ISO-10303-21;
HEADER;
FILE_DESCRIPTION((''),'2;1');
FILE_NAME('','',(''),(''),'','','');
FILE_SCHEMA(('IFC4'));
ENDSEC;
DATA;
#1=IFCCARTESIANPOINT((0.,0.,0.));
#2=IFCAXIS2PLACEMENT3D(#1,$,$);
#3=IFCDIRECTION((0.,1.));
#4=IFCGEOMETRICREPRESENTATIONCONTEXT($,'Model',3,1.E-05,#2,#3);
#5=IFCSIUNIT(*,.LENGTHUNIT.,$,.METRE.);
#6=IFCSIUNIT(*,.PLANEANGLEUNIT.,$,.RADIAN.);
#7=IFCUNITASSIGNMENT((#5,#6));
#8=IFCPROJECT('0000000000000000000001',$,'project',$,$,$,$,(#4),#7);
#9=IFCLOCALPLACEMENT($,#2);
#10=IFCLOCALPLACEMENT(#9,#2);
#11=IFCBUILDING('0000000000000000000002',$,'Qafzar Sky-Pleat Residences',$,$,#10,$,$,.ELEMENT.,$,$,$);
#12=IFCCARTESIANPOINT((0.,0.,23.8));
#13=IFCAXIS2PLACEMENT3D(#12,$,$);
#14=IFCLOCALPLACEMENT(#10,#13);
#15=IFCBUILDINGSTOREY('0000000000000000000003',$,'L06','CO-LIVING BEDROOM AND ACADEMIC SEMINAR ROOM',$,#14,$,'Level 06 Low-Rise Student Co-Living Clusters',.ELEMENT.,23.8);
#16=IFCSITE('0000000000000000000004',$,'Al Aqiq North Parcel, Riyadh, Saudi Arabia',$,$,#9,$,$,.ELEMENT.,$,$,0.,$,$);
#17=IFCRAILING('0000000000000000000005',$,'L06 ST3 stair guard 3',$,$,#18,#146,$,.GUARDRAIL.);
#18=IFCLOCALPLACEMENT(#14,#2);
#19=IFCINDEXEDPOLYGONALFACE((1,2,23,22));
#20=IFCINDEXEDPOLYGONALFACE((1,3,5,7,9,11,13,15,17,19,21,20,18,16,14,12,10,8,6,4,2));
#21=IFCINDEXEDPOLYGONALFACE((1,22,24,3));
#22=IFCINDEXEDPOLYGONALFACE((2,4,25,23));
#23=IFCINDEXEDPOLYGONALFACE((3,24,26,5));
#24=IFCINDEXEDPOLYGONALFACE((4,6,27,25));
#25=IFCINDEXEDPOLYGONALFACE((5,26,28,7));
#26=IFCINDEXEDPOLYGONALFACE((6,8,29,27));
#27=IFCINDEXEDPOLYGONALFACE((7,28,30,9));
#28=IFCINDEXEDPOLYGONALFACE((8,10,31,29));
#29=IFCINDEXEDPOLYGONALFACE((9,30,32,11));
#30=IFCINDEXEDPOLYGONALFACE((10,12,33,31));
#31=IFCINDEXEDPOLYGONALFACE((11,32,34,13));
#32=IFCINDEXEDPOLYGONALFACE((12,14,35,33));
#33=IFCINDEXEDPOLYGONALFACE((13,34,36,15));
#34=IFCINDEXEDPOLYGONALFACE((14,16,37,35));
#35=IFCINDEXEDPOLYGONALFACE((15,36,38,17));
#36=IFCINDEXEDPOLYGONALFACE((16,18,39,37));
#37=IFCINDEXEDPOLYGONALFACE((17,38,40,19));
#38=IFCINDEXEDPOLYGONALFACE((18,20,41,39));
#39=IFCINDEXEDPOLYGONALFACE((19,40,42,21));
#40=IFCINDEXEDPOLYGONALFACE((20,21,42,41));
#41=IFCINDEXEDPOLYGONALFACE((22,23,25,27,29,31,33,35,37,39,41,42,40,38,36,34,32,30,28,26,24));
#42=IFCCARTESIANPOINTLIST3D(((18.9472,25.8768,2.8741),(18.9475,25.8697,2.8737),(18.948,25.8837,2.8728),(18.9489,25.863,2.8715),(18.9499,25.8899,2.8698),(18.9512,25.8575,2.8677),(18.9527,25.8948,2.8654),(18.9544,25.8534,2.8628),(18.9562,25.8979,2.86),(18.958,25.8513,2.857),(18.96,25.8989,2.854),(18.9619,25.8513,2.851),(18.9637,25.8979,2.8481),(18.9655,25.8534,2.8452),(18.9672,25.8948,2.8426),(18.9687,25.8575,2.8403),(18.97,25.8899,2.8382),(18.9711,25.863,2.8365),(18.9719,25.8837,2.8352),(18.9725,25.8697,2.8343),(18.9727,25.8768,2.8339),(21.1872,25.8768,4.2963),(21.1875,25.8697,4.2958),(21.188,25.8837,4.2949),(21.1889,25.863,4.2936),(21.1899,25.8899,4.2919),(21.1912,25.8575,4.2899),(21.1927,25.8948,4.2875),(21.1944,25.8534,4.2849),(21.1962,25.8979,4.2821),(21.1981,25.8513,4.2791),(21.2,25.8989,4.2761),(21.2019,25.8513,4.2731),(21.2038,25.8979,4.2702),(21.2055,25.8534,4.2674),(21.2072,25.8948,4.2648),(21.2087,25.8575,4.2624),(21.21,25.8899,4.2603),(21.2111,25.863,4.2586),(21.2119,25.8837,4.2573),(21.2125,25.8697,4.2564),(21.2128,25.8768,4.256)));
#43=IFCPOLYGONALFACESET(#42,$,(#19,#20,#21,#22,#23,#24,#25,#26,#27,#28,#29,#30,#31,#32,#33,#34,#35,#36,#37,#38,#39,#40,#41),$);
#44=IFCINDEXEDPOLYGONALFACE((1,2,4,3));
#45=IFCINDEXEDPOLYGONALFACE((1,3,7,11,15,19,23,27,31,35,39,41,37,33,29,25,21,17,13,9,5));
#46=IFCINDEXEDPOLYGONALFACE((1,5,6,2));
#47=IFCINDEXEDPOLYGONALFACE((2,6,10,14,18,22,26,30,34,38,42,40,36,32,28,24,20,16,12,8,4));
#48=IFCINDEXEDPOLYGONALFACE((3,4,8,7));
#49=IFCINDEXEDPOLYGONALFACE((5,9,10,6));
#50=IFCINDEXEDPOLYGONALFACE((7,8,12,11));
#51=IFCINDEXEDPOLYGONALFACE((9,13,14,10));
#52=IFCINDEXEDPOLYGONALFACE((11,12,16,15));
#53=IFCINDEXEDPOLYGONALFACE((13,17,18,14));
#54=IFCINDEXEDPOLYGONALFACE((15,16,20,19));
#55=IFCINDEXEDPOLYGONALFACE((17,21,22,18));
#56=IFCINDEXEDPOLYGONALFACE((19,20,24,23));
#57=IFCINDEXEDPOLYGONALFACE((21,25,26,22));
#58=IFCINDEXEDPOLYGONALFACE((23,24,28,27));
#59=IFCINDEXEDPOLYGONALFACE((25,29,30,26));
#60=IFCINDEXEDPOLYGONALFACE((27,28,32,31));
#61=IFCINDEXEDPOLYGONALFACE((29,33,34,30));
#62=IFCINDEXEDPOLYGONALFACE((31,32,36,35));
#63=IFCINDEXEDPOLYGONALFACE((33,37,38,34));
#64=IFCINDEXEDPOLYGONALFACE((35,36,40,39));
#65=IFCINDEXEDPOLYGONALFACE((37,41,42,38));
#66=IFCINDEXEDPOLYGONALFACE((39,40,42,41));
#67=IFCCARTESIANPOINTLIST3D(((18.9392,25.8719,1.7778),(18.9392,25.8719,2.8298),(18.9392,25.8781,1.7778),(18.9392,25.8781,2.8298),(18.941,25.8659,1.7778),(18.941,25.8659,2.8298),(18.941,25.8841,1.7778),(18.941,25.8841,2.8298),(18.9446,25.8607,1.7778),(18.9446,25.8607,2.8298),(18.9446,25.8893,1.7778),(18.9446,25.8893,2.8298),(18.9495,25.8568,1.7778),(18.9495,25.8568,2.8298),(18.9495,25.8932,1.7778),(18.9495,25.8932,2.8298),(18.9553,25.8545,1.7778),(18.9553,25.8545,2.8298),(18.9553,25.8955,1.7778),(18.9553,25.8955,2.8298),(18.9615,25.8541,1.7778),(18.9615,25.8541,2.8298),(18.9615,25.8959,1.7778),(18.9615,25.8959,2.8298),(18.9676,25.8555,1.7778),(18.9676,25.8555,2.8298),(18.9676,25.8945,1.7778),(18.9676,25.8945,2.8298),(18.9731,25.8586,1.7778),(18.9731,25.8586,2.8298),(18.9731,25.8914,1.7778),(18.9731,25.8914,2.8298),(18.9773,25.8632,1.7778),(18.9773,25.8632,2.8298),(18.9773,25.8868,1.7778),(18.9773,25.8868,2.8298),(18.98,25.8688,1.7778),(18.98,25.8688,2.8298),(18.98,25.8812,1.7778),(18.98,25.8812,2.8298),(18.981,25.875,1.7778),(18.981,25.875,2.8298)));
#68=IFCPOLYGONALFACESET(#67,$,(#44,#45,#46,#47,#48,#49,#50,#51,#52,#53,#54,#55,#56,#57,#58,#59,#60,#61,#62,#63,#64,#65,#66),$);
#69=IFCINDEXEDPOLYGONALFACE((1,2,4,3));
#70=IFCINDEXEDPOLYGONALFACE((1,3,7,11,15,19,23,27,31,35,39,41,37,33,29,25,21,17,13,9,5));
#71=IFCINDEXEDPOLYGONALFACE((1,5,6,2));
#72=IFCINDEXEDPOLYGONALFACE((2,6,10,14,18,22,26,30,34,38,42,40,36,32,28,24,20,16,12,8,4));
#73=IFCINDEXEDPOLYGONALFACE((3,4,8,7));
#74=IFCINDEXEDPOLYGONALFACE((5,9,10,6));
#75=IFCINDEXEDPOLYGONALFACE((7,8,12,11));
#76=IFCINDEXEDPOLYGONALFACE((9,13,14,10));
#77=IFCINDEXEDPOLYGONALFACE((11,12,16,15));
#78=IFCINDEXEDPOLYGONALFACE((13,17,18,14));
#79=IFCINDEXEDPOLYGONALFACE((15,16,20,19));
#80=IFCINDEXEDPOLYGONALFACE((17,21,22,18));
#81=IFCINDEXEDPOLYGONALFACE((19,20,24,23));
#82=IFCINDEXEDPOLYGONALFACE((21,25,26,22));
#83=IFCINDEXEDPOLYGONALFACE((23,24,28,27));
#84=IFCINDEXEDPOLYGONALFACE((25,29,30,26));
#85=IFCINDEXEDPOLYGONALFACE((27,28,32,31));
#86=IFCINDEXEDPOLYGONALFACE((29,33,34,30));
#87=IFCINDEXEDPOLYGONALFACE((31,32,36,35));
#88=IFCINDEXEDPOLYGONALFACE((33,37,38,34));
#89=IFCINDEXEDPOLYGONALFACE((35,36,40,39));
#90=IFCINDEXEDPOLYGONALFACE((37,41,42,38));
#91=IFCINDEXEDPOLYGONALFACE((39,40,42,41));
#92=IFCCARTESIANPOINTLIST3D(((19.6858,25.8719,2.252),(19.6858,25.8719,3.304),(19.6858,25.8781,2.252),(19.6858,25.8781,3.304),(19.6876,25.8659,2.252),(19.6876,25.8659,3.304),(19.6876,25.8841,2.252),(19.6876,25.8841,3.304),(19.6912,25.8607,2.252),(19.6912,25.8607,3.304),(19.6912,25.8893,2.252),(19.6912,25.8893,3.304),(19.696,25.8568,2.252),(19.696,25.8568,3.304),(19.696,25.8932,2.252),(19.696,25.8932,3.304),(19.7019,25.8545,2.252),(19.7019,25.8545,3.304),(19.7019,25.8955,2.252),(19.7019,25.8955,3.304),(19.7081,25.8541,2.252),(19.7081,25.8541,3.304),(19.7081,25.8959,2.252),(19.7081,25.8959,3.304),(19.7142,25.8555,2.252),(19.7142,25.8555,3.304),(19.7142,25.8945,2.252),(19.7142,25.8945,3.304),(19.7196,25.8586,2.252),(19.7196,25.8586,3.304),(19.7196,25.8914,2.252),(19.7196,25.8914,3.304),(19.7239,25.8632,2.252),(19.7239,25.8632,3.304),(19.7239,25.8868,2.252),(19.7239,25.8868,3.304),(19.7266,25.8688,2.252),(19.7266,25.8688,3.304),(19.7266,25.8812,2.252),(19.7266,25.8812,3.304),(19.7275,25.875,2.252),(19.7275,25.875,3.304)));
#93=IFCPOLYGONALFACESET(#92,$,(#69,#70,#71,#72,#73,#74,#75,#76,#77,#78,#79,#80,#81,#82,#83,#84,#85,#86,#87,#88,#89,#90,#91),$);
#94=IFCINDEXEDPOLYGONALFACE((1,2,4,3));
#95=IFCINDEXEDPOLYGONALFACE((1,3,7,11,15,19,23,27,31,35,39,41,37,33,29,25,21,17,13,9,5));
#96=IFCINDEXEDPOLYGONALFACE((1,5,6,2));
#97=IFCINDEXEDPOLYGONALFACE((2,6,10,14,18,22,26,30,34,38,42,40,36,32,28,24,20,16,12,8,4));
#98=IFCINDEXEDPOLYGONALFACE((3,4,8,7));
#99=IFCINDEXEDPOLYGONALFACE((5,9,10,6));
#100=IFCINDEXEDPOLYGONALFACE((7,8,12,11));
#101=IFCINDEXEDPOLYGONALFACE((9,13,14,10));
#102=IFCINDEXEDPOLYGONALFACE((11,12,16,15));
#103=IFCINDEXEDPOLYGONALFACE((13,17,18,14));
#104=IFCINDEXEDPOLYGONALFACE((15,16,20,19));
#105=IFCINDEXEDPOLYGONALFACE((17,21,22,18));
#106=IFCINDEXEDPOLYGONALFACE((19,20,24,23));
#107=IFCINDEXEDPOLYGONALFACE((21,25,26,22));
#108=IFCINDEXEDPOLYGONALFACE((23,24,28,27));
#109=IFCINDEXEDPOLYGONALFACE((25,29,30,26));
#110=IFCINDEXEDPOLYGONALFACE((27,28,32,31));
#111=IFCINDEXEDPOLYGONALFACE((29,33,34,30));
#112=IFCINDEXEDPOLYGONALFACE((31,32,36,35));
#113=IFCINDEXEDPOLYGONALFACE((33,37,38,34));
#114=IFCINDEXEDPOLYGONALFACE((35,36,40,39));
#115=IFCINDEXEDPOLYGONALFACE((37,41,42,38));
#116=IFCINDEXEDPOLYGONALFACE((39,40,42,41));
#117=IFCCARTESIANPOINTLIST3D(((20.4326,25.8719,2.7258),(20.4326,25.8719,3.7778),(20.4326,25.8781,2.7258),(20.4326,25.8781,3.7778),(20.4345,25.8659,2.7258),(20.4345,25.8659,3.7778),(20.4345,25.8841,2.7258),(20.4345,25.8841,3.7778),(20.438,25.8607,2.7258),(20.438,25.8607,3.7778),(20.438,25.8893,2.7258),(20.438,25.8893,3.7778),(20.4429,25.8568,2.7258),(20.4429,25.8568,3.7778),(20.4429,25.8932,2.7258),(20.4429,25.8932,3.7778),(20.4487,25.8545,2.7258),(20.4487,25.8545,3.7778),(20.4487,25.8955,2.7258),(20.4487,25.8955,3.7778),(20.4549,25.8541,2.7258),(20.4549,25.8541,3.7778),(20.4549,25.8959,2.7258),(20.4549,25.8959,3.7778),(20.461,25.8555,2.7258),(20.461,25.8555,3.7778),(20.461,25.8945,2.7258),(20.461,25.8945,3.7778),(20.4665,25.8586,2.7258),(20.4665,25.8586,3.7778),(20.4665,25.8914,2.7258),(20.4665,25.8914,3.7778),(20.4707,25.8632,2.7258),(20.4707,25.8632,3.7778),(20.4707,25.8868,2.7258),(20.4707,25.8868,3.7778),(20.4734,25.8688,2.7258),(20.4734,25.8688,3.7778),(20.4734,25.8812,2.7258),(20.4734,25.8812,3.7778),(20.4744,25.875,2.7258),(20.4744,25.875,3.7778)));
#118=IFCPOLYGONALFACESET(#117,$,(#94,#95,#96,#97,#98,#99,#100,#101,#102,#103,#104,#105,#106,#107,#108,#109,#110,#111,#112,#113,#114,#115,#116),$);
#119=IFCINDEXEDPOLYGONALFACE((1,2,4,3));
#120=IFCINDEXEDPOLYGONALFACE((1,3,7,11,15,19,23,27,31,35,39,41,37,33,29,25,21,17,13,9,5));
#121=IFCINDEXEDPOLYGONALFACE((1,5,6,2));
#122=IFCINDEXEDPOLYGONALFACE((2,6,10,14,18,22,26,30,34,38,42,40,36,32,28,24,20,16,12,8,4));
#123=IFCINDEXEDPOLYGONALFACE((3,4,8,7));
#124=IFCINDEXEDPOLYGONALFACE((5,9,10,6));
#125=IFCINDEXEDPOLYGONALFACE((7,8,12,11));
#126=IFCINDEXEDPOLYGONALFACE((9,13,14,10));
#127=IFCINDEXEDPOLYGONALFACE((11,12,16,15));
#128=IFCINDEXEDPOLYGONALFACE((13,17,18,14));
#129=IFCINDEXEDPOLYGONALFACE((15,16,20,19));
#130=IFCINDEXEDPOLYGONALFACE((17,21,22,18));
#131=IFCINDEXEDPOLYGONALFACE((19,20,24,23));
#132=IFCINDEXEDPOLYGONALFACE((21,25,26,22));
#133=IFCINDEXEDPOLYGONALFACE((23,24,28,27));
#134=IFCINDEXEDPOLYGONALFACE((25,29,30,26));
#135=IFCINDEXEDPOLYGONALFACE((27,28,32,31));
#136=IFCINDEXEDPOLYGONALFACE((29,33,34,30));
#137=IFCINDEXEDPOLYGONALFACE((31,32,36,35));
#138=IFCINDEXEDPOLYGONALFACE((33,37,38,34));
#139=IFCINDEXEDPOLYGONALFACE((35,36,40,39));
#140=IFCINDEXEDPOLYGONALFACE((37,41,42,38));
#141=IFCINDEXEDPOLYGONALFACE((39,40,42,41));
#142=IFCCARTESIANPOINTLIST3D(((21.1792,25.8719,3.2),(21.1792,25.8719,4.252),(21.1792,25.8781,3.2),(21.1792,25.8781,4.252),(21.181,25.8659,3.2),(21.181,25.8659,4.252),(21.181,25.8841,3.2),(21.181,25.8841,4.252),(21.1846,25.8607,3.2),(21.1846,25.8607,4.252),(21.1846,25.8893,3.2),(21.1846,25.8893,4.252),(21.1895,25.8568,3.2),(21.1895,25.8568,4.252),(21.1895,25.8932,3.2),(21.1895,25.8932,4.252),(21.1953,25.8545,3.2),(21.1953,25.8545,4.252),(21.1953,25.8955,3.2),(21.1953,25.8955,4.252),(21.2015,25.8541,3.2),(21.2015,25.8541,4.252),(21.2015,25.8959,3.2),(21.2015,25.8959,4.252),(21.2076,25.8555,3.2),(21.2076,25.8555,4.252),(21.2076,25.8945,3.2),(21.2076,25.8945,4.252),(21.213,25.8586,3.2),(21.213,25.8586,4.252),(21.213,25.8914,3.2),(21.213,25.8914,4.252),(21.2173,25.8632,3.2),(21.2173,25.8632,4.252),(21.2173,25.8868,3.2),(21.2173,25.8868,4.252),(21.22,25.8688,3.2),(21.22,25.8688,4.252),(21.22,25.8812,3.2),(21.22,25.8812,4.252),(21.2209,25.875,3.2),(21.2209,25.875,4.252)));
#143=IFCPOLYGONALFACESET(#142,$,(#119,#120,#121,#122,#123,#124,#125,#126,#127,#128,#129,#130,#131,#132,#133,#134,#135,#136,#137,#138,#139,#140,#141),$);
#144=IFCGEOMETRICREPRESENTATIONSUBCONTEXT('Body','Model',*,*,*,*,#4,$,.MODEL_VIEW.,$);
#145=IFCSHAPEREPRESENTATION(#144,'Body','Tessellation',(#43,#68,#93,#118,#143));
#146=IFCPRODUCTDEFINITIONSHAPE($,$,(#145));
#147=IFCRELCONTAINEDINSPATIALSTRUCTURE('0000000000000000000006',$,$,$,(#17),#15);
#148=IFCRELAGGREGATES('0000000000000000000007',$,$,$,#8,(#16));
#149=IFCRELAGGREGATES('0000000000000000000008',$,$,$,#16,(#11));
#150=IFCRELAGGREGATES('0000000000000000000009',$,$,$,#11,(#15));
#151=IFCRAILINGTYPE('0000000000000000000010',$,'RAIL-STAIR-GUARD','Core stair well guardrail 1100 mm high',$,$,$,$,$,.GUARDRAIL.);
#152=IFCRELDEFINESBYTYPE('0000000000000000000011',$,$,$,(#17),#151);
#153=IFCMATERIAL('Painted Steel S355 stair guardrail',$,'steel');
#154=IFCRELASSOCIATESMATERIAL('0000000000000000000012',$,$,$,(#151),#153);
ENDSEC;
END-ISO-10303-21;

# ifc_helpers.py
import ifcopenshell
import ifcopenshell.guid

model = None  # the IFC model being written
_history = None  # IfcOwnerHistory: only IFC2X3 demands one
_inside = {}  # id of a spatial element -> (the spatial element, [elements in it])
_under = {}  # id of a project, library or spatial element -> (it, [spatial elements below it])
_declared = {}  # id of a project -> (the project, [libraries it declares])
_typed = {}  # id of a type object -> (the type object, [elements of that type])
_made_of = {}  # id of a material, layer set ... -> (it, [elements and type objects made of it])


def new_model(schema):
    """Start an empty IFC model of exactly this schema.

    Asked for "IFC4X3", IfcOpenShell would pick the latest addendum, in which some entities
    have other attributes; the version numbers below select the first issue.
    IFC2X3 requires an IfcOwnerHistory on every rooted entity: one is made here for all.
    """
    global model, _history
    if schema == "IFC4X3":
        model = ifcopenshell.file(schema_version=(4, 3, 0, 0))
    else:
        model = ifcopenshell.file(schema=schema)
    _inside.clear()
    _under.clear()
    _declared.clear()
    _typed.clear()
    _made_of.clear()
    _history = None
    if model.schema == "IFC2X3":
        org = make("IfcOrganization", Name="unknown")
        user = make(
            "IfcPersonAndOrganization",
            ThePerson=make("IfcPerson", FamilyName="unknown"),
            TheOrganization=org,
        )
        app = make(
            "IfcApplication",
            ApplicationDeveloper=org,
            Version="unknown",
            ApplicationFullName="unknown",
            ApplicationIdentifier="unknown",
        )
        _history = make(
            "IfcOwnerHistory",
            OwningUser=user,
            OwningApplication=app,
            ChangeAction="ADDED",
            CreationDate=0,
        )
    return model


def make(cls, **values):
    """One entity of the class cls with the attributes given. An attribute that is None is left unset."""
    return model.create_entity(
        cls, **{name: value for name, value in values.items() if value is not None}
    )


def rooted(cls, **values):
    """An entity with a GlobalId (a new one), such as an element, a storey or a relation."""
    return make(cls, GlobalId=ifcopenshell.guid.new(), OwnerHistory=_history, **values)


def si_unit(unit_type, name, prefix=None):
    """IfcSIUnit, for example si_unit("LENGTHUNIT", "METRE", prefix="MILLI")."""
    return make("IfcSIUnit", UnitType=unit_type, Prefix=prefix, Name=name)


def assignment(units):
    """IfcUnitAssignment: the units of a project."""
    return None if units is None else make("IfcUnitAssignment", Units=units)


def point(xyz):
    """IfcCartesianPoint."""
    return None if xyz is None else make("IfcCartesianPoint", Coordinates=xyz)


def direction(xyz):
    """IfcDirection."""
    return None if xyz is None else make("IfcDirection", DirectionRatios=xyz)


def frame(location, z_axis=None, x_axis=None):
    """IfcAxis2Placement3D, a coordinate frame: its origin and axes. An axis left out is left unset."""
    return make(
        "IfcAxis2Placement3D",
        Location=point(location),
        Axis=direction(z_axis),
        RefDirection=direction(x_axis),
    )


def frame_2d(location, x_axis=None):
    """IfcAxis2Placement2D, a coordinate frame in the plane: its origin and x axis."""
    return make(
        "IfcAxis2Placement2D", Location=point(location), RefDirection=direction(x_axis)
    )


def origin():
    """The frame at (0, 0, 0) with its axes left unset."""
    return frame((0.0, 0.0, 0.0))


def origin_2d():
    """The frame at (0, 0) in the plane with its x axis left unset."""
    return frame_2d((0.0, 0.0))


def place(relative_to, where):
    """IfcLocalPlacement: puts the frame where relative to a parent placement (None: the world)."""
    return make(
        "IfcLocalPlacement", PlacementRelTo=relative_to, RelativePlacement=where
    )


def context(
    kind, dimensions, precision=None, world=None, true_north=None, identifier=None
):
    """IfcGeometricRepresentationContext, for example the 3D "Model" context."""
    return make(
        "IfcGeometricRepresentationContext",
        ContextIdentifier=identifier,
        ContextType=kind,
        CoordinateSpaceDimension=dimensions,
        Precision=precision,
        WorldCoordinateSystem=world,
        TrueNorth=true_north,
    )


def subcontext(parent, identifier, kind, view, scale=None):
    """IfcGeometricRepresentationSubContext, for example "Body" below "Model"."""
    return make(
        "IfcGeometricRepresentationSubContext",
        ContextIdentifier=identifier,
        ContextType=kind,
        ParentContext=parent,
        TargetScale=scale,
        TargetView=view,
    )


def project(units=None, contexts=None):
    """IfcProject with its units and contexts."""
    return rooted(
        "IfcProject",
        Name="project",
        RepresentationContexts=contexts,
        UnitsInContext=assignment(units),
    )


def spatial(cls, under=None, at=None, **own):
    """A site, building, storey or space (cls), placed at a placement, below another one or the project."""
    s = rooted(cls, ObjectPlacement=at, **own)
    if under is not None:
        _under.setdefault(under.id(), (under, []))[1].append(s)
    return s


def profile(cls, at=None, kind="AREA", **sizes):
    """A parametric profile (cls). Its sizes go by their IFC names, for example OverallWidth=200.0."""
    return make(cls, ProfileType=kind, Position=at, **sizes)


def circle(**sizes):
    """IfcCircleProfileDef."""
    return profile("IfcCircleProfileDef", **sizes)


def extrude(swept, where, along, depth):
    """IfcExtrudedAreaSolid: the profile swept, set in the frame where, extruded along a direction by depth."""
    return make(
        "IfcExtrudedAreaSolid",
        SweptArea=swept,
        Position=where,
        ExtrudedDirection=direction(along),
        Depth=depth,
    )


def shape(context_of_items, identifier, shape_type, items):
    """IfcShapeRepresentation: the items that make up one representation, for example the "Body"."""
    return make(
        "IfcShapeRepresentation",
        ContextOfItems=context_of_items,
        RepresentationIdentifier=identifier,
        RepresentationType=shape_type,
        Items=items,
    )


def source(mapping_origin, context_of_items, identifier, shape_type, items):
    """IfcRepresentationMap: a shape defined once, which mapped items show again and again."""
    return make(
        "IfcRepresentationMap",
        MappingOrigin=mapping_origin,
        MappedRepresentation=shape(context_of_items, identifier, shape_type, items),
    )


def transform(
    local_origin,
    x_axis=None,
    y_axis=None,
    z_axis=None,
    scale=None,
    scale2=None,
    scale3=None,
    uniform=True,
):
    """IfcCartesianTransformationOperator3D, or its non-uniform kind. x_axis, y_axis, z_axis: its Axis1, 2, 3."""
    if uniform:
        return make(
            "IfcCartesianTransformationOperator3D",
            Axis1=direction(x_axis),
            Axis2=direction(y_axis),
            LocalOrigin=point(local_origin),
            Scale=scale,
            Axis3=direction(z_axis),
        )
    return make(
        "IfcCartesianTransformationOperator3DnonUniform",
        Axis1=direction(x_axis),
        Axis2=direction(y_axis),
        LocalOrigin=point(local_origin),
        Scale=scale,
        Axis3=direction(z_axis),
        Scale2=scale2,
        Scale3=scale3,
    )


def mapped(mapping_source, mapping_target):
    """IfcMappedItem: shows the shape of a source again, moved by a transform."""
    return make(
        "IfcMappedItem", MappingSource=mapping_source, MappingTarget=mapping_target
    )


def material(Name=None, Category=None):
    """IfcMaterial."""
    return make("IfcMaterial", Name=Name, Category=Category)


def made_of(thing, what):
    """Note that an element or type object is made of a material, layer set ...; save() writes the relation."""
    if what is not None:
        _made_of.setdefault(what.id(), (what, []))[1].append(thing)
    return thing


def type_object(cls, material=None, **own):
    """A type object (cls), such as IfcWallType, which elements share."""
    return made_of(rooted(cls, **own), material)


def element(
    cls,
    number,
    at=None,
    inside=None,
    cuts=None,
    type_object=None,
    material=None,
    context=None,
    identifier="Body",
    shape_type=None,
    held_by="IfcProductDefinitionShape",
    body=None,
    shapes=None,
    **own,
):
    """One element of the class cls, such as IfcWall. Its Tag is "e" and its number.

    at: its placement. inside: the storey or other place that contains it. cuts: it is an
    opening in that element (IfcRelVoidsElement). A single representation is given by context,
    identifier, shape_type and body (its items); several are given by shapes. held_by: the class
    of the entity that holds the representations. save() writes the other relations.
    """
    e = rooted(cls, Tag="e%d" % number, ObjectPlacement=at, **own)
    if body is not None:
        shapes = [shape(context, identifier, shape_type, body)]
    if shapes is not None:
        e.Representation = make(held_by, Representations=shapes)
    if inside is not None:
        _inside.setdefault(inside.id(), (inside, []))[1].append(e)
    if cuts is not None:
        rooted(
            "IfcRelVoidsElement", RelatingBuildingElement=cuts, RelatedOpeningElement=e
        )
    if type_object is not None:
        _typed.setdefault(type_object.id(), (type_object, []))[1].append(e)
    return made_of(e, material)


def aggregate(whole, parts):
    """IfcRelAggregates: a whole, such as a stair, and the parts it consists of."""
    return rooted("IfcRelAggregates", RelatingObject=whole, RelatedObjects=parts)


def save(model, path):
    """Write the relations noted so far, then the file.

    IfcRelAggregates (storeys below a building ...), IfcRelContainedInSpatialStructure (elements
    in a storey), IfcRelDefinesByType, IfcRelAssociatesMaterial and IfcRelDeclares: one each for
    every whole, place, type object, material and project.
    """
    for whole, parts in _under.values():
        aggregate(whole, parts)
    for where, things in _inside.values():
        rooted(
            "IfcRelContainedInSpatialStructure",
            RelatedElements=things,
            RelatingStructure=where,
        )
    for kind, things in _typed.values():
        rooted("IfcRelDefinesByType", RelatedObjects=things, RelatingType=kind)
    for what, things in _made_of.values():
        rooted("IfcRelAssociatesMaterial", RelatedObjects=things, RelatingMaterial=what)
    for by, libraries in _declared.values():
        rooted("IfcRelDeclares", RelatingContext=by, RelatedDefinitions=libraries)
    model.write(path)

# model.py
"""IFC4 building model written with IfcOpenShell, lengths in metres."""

from ifc_helpers import new_model, si_unit, direction, frame, origin, origin_2d, place, context, subcontext, project, spatial, circle, extrude, source, transform, mapped, material, type_object, element, save


model = new_model("IFC4")

# Units and contexts
model_context = context("Model", 3, precision=1e-05, world=origin(), true_north=direction((0.0, 1.0)))
body_context = subcontext(model_context, "Body", "Model", "MODEL_VIEW")
ifc_project = project(units=[si_unit("LENGTHUNIT", "METRE"), si_unit("PLANEANGLEUNIT", "RADIAN")], contexts=[model_context])

# Site, building, storey
site_placement = place(None, origin())
site = spatial("IfcSite", under=ifc_project, at=site_placement, Name="Al Aqiq North Parcel, Riyadh, Saudi Arabia", CompositionType="ELEMENT", RefElevation=0.0)
building_placement = place(site_placement, origin())
building = spatial("IfcBuilding", under=site, at=building_placement, Name="Qafzar Sky-Pleat Residences", CompositionType="ELEMENT")
storey_placement = place(building_placement, frame((0.0, 0.0, 23.8)))
storey = spatial("IfcBuildingStorey", under=building, at=storey_placement, Name="L06", Description="CO-LIVING BEDROOM AND ACADEMIC SEMINAR ROOM", LongName="Level 06 Low-Rise Student Co-Living Clusters", CompositionType="ELEMENT", Elevation=23.8)

# Railing
ifc_material_1 = material(Name="Painted Steel S355 stair guardrail", Category="steel")
railing_type_1 = type_object("IfcRailingType", Name="RAIL-STAIR-GUARD", Description="Core stair well guardrail 1100 mm high", PredefinedType="GUARDRAIL", material=ifc_material_1)
shared_shape_1 = source(origin(), body_context, "Body", "SweptSolid", [
    extrude(circle(Radius=0.0239, at=origin_2d()), frame((0.0, 0.0, 1.0762), z_axis=(0.844229, 0.0, 0.535982), x_axis=(0.0, 1.0, 0.0)), (0.0, 0.0, 1.0), 2.6533),
    extrude(circle(Radius=0.021, at=origin_2d()), origin(), (0.0, 0.0, 1.0), 1.052),
    extrude(circle(Radius=0.021, at=origin_2d()), frame((0.7466, 0.0, 0.4741)), (0.0, 0.0, 1.0), 1.052),
    extrude(circle(Radius=0.021, at=origin_2d()), frame((1.4934, 0.0, 0.948)), (0.0, 0.0, 1.0), 1.052),
    extrude(circle(Radius=0.021, at=origin_2d()), frame((2.24, 0.0, 1.4221)), (0.0, 0.0, 1.0), 1.052),
])
railing_1_placement = place(storey_placement, frame((18.96, 25.875, 1.7778)))
element("IfcRailing", 1, at=railing_1_placement, inside=storey, type_object=railing_type_1, Name="L06 ST3 stair guard 3", PredefinedType="GUARDRAIL", context=body_context, shape_type="MappedRepresentation", body=[
    mapped(shared_shape_1, transform((0.0, 0.0, 0.0), x_axis=(1.0, 0.0, 0.0), y_axis=(0.0, 1.0, 0.0), z_axis=(0.0, 0.0, 1.0), scale=1.0)),
])

save(model, "model.ifc")
